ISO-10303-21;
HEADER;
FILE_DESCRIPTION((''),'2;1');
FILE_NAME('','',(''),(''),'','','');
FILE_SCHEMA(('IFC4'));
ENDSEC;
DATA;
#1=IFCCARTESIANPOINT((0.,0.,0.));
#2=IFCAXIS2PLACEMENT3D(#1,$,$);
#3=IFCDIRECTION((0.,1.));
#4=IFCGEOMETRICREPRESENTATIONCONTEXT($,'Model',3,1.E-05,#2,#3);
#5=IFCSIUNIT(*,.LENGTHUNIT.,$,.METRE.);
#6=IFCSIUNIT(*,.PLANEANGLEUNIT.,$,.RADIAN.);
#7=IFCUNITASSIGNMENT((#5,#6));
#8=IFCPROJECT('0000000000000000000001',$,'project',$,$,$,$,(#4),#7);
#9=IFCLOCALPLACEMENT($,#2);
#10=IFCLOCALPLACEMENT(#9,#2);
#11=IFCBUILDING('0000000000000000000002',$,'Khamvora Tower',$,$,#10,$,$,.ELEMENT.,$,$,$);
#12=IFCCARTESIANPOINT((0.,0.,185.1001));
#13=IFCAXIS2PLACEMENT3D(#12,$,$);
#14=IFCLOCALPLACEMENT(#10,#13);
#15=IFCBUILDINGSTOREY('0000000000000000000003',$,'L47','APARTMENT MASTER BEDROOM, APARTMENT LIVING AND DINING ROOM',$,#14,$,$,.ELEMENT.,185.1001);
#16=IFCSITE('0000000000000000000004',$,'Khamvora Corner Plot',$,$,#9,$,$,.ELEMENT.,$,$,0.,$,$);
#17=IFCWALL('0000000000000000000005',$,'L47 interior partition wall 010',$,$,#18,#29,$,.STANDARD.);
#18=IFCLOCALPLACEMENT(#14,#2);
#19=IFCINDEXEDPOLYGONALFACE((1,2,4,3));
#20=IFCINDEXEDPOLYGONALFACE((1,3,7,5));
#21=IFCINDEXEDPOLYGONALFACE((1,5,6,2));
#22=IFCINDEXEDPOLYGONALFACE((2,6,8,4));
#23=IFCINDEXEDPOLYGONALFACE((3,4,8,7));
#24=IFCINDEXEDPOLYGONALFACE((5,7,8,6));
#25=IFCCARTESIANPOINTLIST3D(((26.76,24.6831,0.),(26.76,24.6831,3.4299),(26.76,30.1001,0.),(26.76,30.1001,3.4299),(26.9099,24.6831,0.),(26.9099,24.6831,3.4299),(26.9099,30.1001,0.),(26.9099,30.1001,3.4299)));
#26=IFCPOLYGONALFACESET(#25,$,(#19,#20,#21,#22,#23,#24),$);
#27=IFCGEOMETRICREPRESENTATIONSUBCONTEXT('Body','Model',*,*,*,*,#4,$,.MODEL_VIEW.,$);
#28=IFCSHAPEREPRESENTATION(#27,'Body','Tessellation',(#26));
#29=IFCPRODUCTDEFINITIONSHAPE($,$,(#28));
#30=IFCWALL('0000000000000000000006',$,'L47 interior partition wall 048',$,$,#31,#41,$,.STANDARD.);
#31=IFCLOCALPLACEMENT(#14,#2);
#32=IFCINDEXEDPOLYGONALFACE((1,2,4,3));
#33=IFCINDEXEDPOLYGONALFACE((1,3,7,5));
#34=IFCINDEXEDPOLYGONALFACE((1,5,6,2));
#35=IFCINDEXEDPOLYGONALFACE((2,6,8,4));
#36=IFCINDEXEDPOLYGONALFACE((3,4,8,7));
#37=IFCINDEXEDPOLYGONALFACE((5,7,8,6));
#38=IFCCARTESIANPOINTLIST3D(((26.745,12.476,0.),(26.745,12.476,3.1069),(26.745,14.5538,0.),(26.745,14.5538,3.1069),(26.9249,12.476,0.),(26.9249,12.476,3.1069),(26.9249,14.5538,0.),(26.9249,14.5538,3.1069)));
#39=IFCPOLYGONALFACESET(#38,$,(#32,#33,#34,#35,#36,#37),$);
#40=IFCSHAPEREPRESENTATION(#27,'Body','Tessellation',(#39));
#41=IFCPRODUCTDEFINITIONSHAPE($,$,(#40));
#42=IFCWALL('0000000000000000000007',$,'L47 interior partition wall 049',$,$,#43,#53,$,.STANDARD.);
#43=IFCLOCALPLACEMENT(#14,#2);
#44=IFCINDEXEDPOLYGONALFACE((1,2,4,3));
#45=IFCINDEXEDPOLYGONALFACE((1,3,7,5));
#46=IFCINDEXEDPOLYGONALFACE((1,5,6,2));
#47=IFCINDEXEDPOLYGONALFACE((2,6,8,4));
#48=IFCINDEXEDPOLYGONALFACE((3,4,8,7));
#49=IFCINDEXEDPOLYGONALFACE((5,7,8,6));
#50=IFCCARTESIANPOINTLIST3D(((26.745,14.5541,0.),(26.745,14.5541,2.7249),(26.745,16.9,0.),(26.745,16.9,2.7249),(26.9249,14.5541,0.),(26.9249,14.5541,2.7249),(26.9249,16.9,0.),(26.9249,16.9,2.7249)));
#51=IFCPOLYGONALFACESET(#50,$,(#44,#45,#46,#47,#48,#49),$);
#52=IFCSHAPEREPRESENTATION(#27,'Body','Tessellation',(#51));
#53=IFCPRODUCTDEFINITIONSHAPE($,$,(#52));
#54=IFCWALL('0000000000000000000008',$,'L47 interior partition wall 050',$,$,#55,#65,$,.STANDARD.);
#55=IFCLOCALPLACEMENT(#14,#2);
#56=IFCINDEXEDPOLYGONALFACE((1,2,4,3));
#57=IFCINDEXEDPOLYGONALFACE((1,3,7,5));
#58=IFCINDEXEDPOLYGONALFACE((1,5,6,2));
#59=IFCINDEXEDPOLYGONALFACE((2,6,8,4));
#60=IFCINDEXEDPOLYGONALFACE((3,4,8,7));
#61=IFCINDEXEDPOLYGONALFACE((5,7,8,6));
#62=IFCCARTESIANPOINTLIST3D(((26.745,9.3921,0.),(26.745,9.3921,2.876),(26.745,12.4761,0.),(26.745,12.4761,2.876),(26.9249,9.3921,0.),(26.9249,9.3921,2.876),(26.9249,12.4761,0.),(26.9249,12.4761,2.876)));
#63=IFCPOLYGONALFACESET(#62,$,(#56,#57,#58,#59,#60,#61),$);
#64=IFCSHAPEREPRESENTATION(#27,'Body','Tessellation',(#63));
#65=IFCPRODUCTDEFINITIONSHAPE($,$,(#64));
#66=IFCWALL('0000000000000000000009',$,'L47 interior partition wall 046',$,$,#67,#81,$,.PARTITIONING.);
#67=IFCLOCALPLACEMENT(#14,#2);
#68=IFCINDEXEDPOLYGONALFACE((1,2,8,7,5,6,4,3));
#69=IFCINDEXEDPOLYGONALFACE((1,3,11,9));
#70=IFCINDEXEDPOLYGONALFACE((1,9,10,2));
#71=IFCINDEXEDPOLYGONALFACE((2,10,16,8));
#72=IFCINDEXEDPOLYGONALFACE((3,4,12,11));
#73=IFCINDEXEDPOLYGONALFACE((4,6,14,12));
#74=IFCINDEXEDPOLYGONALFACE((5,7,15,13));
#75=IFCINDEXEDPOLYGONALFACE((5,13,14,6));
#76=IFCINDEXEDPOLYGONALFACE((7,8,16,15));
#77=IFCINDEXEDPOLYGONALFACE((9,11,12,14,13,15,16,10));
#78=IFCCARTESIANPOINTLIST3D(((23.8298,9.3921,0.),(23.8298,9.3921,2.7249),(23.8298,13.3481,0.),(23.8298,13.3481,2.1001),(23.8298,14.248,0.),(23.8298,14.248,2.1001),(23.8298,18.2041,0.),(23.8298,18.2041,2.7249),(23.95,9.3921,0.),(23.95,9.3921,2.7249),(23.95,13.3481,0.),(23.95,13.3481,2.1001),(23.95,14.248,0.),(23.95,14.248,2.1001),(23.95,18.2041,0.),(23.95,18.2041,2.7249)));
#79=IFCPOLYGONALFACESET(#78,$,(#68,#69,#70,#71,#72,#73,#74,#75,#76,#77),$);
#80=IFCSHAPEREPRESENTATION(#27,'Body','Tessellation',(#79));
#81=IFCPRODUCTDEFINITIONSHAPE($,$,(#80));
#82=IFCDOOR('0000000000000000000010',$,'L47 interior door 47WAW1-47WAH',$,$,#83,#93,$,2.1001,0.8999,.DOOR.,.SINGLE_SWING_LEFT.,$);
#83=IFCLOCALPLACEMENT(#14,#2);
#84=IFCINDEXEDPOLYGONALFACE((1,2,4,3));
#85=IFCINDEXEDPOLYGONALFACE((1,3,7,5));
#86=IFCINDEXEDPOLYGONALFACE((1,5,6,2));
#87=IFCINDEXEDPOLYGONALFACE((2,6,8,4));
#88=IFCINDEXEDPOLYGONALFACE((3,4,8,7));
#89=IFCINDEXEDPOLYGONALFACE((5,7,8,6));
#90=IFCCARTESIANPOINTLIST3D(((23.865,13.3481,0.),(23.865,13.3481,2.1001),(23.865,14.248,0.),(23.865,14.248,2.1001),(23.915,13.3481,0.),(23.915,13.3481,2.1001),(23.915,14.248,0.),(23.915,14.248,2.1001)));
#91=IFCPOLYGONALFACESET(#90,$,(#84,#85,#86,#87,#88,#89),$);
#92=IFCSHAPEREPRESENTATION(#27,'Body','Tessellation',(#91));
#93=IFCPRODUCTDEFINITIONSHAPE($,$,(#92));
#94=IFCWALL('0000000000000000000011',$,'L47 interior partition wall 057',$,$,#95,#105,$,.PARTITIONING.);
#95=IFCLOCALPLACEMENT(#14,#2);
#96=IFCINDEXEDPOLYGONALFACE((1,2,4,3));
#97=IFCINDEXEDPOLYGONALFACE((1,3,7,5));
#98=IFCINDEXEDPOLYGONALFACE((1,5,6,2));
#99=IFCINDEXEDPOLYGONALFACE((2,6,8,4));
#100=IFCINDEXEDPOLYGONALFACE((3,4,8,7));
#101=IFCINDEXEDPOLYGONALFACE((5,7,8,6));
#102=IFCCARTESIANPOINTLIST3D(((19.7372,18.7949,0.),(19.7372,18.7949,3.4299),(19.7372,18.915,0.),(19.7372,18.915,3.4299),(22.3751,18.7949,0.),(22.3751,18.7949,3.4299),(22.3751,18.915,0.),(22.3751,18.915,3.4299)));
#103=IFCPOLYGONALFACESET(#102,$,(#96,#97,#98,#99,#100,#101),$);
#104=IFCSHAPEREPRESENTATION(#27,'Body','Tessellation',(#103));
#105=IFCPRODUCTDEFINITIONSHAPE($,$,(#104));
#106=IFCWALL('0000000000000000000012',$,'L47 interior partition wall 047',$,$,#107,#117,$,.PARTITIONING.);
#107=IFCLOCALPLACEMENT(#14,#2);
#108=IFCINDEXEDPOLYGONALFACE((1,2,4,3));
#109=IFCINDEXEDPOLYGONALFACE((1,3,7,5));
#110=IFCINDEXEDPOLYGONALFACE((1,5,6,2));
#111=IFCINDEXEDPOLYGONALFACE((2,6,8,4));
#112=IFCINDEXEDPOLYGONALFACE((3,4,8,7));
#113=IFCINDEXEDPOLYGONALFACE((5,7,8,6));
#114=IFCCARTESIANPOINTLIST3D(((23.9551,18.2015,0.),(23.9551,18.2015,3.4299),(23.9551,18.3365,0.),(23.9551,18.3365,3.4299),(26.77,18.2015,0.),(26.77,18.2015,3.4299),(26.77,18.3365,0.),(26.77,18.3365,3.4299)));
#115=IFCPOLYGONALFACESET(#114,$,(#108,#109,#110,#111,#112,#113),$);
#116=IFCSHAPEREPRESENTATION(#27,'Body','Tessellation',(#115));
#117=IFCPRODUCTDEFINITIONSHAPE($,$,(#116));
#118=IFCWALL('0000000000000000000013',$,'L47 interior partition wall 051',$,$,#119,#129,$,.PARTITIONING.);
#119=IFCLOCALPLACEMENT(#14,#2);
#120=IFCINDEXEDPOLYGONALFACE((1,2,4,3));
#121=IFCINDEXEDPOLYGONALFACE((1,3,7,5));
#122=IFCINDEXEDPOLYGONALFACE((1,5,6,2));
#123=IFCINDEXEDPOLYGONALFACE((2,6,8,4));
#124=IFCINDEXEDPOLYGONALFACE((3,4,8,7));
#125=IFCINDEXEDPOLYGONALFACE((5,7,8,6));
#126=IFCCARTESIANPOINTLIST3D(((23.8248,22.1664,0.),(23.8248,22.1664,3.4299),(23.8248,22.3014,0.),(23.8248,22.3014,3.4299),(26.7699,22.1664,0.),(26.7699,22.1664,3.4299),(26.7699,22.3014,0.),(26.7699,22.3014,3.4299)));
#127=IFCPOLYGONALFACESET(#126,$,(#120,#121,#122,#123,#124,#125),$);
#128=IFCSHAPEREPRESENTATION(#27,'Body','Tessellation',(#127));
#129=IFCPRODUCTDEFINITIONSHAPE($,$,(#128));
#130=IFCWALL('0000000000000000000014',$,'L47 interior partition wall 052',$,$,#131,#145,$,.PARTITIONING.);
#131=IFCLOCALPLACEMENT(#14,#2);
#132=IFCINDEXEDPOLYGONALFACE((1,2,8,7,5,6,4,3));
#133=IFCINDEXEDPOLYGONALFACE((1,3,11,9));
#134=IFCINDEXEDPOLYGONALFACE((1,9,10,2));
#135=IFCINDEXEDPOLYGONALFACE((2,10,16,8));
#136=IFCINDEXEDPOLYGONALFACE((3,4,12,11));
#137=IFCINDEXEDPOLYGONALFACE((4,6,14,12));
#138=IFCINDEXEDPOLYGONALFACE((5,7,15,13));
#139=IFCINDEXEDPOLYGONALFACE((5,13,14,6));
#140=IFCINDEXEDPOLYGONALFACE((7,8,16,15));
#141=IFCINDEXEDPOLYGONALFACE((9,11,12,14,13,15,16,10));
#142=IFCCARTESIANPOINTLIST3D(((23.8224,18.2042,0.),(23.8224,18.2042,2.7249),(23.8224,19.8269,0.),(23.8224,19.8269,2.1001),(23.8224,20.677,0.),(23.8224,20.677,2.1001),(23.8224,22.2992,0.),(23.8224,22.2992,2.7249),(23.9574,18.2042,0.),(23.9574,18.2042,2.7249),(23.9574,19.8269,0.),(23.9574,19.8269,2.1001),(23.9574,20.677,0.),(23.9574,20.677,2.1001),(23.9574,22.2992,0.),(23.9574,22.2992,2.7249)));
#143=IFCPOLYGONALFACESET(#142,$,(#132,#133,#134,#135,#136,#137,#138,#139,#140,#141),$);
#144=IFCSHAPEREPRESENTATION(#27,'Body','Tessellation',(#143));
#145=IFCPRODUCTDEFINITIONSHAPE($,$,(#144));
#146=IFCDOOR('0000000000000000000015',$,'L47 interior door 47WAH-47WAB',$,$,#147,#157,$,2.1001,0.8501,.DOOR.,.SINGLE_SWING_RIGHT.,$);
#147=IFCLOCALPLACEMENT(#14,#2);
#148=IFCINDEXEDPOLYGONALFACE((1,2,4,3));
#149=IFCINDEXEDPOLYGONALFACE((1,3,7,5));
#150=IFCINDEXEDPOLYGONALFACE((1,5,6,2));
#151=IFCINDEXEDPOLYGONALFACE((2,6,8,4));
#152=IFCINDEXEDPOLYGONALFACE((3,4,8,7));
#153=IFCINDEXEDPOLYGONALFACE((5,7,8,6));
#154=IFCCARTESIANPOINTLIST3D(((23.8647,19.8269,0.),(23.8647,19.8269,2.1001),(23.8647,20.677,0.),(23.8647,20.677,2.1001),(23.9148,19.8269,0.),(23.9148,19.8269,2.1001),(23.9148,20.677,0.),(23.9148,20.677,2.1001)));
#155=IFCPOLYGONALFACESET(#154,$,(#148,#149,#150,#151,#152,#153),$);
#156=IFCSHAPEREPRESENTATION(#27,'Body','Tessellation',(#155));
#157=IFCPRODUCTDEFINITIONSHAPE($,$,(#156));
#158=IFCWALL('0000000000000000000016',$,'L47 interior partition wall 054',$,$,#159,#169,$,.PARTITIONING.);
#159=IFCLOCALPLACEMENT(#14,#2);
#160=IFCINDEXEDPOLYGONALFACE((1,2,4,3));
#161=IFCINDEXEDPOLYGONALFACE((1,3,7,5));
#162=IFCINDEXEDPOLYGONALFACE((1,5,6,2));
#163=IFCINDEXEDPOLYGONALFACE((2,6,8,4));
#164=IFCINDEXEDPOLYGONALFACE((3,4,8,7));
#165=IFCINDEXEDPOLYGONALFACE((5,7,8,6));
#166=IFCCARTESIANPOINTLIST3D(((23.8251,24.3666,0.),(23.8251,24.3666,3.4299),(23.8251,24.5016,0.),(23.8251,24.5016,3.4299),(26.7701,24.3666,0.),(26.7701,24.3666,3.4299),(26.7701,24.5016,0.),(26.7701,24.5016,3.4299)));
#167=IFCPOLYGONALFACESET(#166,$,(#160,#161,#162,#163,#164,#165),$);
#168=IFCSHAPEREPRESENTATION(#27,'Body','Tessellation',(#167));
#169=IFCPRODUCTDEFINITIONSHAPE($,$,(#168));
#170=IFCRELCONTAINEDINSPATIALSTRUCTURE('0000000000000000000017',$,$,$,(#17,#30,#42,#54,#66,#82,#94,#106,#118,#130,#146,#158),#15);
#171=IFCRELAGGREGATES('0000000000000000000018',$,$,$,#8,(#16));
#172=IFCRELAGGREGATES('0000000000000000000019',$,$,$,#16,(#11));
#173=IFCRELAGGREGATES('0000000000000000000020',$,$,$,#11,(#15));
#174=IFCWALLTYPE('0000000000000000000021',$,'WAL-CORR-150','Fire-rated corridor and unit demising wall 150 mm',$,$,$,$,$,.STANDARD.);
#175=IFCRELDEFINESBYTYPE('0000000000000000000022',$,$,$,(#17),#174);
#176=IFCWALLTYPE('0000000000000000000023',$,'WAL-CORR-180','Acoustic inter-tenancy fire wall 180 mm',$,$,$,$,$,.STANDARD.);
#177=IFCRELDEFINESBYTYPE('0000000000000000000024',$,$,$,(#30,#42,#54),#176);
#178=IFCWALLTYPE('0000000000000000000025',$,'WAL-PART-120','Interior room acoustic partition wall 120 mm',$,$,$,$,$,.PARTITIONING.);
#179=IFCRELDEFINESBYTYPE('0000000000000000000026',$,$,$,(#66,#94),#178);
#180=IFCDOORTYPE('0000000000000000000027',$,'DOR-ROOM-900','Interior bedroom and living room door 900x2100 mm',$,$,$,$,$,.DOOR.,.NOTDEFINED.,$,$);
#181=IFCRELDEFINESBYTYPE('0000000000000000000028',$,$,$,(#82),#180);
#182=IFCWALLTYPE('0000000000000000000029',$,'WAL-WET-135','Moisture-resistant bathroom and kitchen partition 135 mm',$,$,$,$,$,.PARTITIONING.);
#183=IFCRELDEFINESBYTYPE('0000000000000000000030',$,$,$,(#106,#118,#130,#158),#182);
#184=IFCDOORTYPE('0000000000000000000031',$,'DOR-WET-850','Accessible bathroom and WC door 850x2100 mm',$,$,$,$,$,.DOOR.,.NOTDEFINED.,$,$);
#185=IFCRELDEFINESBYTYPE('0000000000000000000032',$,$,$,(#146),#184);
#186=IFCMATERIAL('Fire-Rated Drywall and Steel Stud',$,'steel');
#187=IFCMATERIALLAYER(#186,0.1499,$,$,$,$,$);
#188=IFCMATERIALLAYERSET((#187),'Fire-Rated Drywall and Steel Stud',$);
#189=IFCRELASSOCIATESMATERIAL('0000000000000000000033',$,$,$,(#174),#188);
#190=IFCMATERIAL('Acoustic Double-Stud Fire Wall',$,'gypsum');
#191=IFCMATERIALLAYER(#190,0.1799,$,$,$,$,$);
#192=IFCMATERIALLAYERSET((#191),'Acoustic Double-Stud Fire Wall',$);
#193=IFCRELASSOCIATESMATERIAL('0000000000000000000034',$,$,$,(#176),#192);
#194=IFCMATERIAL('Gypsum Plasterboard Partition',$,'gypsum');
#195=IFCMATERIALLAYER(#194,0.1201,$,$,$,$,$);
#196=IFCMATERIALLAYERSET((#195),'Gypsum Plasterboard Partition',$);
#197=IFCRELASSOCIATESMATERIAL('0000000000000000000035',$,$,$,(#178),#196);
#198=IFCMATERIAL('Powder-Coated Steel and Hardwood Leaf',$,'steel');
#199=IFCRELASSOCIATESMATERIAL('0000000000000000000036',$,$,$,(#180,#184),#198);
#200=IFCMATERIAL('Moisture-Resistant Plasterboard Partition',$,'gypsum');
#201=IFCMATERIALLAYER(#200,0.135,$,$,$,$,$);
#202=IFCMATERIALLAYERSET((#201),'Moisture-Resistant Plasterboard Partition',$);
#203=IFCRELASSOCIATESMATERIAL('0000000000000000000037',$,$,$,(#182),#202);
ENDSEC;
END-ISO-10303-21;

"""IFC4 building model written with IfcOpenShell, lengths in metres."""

from ifc_helpers import new_model, si_unit, direction, frame, frame_2d, origin, place, context, subcontext, project, spatial, rectangle, extrude, material, layer, layer_set, type_object, element, fill, save


model = new_model("IFC4")

# Units and contexts
model_context = context("Model", 3, precision=1e-05, world=origin(), true_north=direction((0.0, 1.0)))
body_context = subcontext(model_context, "Body", "Model", "MODEL_VIEW")
ifc_project = project(units=[si_unit("LENGTHUNIT", "METRE"), si_unit("PLANEANGLEUNIT", "RADIAN")], contexts=[model_context])

# Site, building, storey
site_placement = place(None, origin())
site = spatial("IfcSite", under=ifc_project, at=site_placement, Name="Khamvora Corner Plot", CompositionType="ELEMENT", RefElevation=0.0)
building_placement = place(site_placement, origin())
building = spatial("IfcBuilding", under=site, at=building_placement, Name="Khamvora Tower", CompositionType="ELEMENT")
storey_placement = place(building_placement, frame((0.0, 0.0, 185.1001)))
storey = spatial("IfcBuildingStorey", under=building, at=storey_placement, Name="L47", Description="APARTMENT MASTER BEDROOM, APARTMENT LIVING AND DINING ROOM", CompositionType="ELEMENT", Elevation=185.1001)

# Shared definitions
ifc_material_1 = material(Name="Fire-Rated Drywall and Steel Stud", Category="steel")
ifc_layer_1 = layer(ifc_material_1, 0.1499)
ifc_layer_set_1 = layer_set([ifc_layer_1], Name="Fire-Rated Drywall and Steel Stud")
wall_type_1 = type_object("IfcWallType", Name="WAL-CORR-150", Description="Fire-rated corridor and unit demising wall 150 mm", PredefinedType="STANDARD", material=ifc_layer_set_1)

# Shared definitions
ifc_material_2 = material(Name="Powder-Coated Steel and Hardwood Leaf", Category="steel")

# Walls
wall_1_placement = place(storey_placement, frame((26.835, 24.6831, 0.0), z_axis=(0.0, 0.0, 1.0), x_axis=(0.0, 1.0, 0.0)))
element("IfcWall", 1, at=wall_1_placement, inside=storey, type_object=wall_type_1, Name="L47 interior partition wall 010", PredefinedType="STANDARD", context=body_context, shape_type="SweptSolid", body=[
    extrude(rectangle(XDim=5.417, YDim=0.1499, at=frame_2d((2.7085, 0.0))), origin(), (0.0, 0.0, 1.0), 3.4299),
])
ifc_material_3 = material(Name="Acoustic Double-Stud Fire Wall", Category="gypsum")
ifc_layer_2 = layer(ifc_material_3, 0.1799)
ifc_layer_set_2 = layer_set([ifc_layer_2], Name="Acoustic Double-Stud Fire Wall")
wall_type_2 = type_object("IfcWallType", Name="WAL-CORR-180", Description="Acoustic inter-tenancy fire wall 180 mm", PredefinedType="STANDARD", material=ifc_layer_set_2)
wall_2_placement = place(storey_placement, frame((26.835, 14.554, 0.0), z_axis=(0.0, 0.0, 1.0), x_axis=(0.0, -1.0, 0.0)))
element("IfcWall", 2, at=wall_2_placement, inside=storey, type_object=wall_type_2, Name="L47 interior partition wall 048", PredefinedType="STANDARD", context=body_context, shape_type="SweptSolid", body=[
    extrude(rectangle(XDim=2.0779, YDim=0.1799, at=frame_2d((1.0391, 0.0))), origin(), (0.0, 0.0, 1.0), 3.1069),
])
wall_3_placement = place(storey_placement, frame((26.835, 16.8999, 0.0), z_axis=(0.0, 0.0, 1.0), x_axis=(0.0, -1.0, 0.0)))
element("IfcWall", 3, at=wall_3_placement, inside=storey, type_object=wall_type_2, Name="L47 interior partition wall 049", PredefinedType="STANDARD", context=body_context, shape_type="SweptSolid", body=[
    extrude(rectangle(XDim=2.3459, YDim=0.1799, at=frame_2d((1.1729, 0.0))), origin(), (0.0, 0.0, 1.0), 2.7249),
])
wall_4_placement = place(storey_placement, frame((26.835, 12.4761, 0.0), z_axis=(0.0, 0.0, 1.0), x_axis=(0.0, -1.0, 0.0)))
element("IfcWall", 4, at=wall_4_placement, inside=storey, type_object=wall_type_2, Name="L47 interior partition wall 050", PredefinedType="STANDARD", context=body_context, shape_type="SweptSolid", body=[
    extrude(rectangle(XDim=3.084, YDim=0.1799, at=frame_2d((1.542, 0.0))), origin(), (0.0, 0.0, 1.0), 2.876),
])

# Wall, opening, door
ifc_material_4 = material(Name="Gypsum Plasterboard Partition", Category="gypsum")
ifc_layer_3 = layer(ifc_material_4, 0.1201)
ifc_layer_set_3 = layer_set([ifc_layer_3], Name="Gypsum Plasterboard Partition")
wall_type_3 = type_object("IfcWallType", Name="WAL-PART-120", Description="Interior room acoustic partition wall 120 mm", PredefinedType="PARTITIONING", material=ifc_layer_set_3)
wall_5_placement = place(storey_placement, frame((23.8899, 9.3921, 0.0), z_axis=(0.0, 0.0, 1.0), x_axis=(0.0, 1.0, 0.0)))
wall_5 = element("IfcWall", 5, at=wall_5_placement, inside=storey, type_object=wall_type_3, Name="L47 interior partition wall 046", PredefinedType="PARTITIONING", context=body_context, shape_type="SweptSolid", body=[
    extrude(rectangle(XDim=8.812, YDim=0.1201, at=frame_2d((4.406, 0.0))), origin(), (0.0, 0.0, 1.0), 2.7249),
])
opening_1_placement = place(wall_5_placement, frame((3.9561, 0.0, 0.0)))
opening_1 = element("IfcOpeningElement", 6, at=opening_1_placement, cuts=wall_5, PredefinedType="OPENING", context=body_context, shape_type="SweptSolid", body=[
    extrude(rectangle(XDim=0.8999, YDim=2.1001, at=frame_2d((0.45, 1.05))), frame((0.0, 0.0701, 0.0), z_axis=(0.0, -1.0, 0.0), x_axis=(1.0, 0.0, 0.0)), (0.0, 0.0, 1.0), 0.1401),
])
door_type_1 = type_object("IfcDoorType", Name="DOR-ROOM-900", Description="Interior bedroom and living room door 900x2100 mm", OperationType="NOTDEFINED", PredefinedType="DOOR", material=ifc_material_2)
door_1_placement = place(opening_1_placement, origin())
door_1 = element("IfcDoor", 7, at=door_1_placement, inside=storey, type_object=door_type_1, Name="L47 interior door 47WAW1-47WAH", OperationType="SINGLE_SWING_LEFT", OverallHeight=2.1001, OverallWidth=0.8999, PredefinedType="DOOR", context=body_context, shape_type="SweptSolid", body=[
    extrude(rectangle(XDim=0.8999, YDim=2.1001, at=frame_2d((0.45, 1.05))), frame((0.0, 0.0249, 0.0), z_axis=(0.0, -1.0, 0.0), x_axis=(1.0, 0.0, 0.0)), (0.0, 0.0, 1.0), 0.05),
])
fill(opening_1, door_1)

# Walls
wall_6_placement = place(storey_placement, frame((22.375, 18.855, 0.0), z_axis=(0.0, 0.0, 1.0), x_axis=(-1.0, 0.0, 0.0)))
element("IfcWall", 8, at=wall_6_placement, inside=storey, type_object=wall_type_3, Name="L47 interior partition wall 057", PredefinedType="PARTITIONING", context=body_context, shape_type="SweptSolid", body=[
    extrude(rectangle(XDim=2.6379, YDim=0.1201, at=frame_2d((1.3188, 0.0))), origin(), (0.0, 0.0, 1.0), 3.4299),
])
ifc_material_5 = material(Name="Moisture-Resistant Plasterboard Partition", Category="gypsum")
ifc_layer_4 = layer(ifc_material_5, 0.135)
ifc_layer_set_4 = layer_set([ifc_layer_4], Name="Moisture-Resistant Plasterboard Partition")
wall_type_4 = type_object("IfcWallType", Name="WAL-WET-135", Description="Moisture-resistant bathroom and kitchen partition 135 mm", PredefinedType="PARTITIONING", material=ifc_layer_set_4)
wall_7_placement = place(storey_placement, frame((23.9551, 18.269, 0.0), z_axis=(0.0, 0.0, 1.0), x_axis=(1.0, 0.0, 0.0)))
element("IfcWall", 9, at=wall_7_placement, inside=storey, type_object=wall_type_4, Name="L47 interior partition wall 047", PredefinedType="PARTITIONING", context=body_context, shape_type="SweptSolid", body=[
    extrude(rectangle(XDim=2.8149, YDim=0.135, at=frame_2d((1.4075, 0.0))), origin(), (0.0, 0.0, 1.0), 3.4299),
])
wall_8_placement = place(storey_placement, frame((26.77, 22.2339, 0.0), z_axis=(0.0, 0.0, 1.0), x_axis=(-1.0, 0.0, 0.0)))
element("IfcWall", 10, at=wall_8_placement, inside=storey, type_object=wall_type_4, Name="L47 interior partition wall 051", PredefinedType="PARTITIONING", context=body_context, shape_type="SweptSolid", body=[
    extrude(rectangle(XDim=2.9451, YDim=0.135, at=frame_2d((1.4727, 0.0))), origin(), (0.0, 0.0, 1.0), 3.4299),
])

# Wall, opening, door
wall_9_placement = place(storey_placement, frame((23.8899, 22.2991, 0.0), z_axis=(0.0, 0.0, 1.0), x_axis=(0.0, -1.0, 0.0)))
wall_9 = element("IfcWall", 11, at=wall_9_placement, inside=storey, type_object=wall_type_4, Name="L47 interior partition wall 052", PredefinedType="PARTITIONING", context=body_context, shape_type="SweptSolid", body=[
    extrude(rectangle(XDim=4.095, YDim=0.135, at=frame_2d((2.0474, 0.0))), origin(), (0.0, 0.0, 1.0), 2.7249),
])
opening_2_placement = place(wall_9_placement, frame((1.6221, 0.0, 0.0)))
opening_2 = element("IfcOpeningElement", 12, at=opening_2_placement, cuts=wall_9, PredefinedType="OPENING", context=body_context, shape_type="SweptSolid", body=[
    extrude(rectangle(XDim=0.8501, YDim=2.1001, at=frame_2d((0.425, 1.05))), frame((0.0, 0.0774, 0.0), z_axis=(0.0, -1.0, 0.0), x_axis=(1.0, 0.0, 0.0)), (0.0, 0.0, 1.0), 0.155),
])
door_type_2 = type_object("IfcDoorType", Name="DOR-WET-850", Description="Accessible bathroom and WC door 850x2100 mm", OperationType="NOTDEFINED", PredefinedType="DOOR", material=ifc_material_2)
door_2_placement = place(opening_2_placement, origin())
door_2 = element("IfcDoor", 13, at=door_2_placement, inside=storey, type_object=door_type_2, Name="L47 interior door 47WAH-47WAB", OperationType="SINGLE_SWING_RIGHT", OverallHeight=2.1001, OverallWidth=0.8501, PredefinedType="DOOR", context=body_context, shape_type="SweptSolid", body=[
    extrude(rectangle(XDim=0.8501, YDim=2.1001, at=frame_2d((0.425, 1.05))), frame((0.0, 0.0249, 0.0), z_axis=(0.0, -1.0, 0.0), x_axis=(1.0, 0.0, 0.0)), (0.0, 0.0, 1.0), 0.05),
])
fill(opening_2, door_2)

# Wall
wall_10_placement = place(storey_placement, frame((23.825, 24.4341, 0.0), z_axis=(0.0, 0.0, 1.0), x_axis=(1.0, 0.0, 0.0)))
element("IfcWall", 14, at=wall_10_placement, inside=storey, type_object=wall_type_4, Name="L47 interior partition wall 054", PredefinedType="PARTITIONING", context=body_context, shape_type="SweptSolid", body=[
    extrude(rectangle(XDim=2.9451, YDim=0.135, at=frame_2d((1.4727, 0.0))), origin(), (0.0, 0.0, 1.0), 3.4299),
])

save(model, "model.ifc")
